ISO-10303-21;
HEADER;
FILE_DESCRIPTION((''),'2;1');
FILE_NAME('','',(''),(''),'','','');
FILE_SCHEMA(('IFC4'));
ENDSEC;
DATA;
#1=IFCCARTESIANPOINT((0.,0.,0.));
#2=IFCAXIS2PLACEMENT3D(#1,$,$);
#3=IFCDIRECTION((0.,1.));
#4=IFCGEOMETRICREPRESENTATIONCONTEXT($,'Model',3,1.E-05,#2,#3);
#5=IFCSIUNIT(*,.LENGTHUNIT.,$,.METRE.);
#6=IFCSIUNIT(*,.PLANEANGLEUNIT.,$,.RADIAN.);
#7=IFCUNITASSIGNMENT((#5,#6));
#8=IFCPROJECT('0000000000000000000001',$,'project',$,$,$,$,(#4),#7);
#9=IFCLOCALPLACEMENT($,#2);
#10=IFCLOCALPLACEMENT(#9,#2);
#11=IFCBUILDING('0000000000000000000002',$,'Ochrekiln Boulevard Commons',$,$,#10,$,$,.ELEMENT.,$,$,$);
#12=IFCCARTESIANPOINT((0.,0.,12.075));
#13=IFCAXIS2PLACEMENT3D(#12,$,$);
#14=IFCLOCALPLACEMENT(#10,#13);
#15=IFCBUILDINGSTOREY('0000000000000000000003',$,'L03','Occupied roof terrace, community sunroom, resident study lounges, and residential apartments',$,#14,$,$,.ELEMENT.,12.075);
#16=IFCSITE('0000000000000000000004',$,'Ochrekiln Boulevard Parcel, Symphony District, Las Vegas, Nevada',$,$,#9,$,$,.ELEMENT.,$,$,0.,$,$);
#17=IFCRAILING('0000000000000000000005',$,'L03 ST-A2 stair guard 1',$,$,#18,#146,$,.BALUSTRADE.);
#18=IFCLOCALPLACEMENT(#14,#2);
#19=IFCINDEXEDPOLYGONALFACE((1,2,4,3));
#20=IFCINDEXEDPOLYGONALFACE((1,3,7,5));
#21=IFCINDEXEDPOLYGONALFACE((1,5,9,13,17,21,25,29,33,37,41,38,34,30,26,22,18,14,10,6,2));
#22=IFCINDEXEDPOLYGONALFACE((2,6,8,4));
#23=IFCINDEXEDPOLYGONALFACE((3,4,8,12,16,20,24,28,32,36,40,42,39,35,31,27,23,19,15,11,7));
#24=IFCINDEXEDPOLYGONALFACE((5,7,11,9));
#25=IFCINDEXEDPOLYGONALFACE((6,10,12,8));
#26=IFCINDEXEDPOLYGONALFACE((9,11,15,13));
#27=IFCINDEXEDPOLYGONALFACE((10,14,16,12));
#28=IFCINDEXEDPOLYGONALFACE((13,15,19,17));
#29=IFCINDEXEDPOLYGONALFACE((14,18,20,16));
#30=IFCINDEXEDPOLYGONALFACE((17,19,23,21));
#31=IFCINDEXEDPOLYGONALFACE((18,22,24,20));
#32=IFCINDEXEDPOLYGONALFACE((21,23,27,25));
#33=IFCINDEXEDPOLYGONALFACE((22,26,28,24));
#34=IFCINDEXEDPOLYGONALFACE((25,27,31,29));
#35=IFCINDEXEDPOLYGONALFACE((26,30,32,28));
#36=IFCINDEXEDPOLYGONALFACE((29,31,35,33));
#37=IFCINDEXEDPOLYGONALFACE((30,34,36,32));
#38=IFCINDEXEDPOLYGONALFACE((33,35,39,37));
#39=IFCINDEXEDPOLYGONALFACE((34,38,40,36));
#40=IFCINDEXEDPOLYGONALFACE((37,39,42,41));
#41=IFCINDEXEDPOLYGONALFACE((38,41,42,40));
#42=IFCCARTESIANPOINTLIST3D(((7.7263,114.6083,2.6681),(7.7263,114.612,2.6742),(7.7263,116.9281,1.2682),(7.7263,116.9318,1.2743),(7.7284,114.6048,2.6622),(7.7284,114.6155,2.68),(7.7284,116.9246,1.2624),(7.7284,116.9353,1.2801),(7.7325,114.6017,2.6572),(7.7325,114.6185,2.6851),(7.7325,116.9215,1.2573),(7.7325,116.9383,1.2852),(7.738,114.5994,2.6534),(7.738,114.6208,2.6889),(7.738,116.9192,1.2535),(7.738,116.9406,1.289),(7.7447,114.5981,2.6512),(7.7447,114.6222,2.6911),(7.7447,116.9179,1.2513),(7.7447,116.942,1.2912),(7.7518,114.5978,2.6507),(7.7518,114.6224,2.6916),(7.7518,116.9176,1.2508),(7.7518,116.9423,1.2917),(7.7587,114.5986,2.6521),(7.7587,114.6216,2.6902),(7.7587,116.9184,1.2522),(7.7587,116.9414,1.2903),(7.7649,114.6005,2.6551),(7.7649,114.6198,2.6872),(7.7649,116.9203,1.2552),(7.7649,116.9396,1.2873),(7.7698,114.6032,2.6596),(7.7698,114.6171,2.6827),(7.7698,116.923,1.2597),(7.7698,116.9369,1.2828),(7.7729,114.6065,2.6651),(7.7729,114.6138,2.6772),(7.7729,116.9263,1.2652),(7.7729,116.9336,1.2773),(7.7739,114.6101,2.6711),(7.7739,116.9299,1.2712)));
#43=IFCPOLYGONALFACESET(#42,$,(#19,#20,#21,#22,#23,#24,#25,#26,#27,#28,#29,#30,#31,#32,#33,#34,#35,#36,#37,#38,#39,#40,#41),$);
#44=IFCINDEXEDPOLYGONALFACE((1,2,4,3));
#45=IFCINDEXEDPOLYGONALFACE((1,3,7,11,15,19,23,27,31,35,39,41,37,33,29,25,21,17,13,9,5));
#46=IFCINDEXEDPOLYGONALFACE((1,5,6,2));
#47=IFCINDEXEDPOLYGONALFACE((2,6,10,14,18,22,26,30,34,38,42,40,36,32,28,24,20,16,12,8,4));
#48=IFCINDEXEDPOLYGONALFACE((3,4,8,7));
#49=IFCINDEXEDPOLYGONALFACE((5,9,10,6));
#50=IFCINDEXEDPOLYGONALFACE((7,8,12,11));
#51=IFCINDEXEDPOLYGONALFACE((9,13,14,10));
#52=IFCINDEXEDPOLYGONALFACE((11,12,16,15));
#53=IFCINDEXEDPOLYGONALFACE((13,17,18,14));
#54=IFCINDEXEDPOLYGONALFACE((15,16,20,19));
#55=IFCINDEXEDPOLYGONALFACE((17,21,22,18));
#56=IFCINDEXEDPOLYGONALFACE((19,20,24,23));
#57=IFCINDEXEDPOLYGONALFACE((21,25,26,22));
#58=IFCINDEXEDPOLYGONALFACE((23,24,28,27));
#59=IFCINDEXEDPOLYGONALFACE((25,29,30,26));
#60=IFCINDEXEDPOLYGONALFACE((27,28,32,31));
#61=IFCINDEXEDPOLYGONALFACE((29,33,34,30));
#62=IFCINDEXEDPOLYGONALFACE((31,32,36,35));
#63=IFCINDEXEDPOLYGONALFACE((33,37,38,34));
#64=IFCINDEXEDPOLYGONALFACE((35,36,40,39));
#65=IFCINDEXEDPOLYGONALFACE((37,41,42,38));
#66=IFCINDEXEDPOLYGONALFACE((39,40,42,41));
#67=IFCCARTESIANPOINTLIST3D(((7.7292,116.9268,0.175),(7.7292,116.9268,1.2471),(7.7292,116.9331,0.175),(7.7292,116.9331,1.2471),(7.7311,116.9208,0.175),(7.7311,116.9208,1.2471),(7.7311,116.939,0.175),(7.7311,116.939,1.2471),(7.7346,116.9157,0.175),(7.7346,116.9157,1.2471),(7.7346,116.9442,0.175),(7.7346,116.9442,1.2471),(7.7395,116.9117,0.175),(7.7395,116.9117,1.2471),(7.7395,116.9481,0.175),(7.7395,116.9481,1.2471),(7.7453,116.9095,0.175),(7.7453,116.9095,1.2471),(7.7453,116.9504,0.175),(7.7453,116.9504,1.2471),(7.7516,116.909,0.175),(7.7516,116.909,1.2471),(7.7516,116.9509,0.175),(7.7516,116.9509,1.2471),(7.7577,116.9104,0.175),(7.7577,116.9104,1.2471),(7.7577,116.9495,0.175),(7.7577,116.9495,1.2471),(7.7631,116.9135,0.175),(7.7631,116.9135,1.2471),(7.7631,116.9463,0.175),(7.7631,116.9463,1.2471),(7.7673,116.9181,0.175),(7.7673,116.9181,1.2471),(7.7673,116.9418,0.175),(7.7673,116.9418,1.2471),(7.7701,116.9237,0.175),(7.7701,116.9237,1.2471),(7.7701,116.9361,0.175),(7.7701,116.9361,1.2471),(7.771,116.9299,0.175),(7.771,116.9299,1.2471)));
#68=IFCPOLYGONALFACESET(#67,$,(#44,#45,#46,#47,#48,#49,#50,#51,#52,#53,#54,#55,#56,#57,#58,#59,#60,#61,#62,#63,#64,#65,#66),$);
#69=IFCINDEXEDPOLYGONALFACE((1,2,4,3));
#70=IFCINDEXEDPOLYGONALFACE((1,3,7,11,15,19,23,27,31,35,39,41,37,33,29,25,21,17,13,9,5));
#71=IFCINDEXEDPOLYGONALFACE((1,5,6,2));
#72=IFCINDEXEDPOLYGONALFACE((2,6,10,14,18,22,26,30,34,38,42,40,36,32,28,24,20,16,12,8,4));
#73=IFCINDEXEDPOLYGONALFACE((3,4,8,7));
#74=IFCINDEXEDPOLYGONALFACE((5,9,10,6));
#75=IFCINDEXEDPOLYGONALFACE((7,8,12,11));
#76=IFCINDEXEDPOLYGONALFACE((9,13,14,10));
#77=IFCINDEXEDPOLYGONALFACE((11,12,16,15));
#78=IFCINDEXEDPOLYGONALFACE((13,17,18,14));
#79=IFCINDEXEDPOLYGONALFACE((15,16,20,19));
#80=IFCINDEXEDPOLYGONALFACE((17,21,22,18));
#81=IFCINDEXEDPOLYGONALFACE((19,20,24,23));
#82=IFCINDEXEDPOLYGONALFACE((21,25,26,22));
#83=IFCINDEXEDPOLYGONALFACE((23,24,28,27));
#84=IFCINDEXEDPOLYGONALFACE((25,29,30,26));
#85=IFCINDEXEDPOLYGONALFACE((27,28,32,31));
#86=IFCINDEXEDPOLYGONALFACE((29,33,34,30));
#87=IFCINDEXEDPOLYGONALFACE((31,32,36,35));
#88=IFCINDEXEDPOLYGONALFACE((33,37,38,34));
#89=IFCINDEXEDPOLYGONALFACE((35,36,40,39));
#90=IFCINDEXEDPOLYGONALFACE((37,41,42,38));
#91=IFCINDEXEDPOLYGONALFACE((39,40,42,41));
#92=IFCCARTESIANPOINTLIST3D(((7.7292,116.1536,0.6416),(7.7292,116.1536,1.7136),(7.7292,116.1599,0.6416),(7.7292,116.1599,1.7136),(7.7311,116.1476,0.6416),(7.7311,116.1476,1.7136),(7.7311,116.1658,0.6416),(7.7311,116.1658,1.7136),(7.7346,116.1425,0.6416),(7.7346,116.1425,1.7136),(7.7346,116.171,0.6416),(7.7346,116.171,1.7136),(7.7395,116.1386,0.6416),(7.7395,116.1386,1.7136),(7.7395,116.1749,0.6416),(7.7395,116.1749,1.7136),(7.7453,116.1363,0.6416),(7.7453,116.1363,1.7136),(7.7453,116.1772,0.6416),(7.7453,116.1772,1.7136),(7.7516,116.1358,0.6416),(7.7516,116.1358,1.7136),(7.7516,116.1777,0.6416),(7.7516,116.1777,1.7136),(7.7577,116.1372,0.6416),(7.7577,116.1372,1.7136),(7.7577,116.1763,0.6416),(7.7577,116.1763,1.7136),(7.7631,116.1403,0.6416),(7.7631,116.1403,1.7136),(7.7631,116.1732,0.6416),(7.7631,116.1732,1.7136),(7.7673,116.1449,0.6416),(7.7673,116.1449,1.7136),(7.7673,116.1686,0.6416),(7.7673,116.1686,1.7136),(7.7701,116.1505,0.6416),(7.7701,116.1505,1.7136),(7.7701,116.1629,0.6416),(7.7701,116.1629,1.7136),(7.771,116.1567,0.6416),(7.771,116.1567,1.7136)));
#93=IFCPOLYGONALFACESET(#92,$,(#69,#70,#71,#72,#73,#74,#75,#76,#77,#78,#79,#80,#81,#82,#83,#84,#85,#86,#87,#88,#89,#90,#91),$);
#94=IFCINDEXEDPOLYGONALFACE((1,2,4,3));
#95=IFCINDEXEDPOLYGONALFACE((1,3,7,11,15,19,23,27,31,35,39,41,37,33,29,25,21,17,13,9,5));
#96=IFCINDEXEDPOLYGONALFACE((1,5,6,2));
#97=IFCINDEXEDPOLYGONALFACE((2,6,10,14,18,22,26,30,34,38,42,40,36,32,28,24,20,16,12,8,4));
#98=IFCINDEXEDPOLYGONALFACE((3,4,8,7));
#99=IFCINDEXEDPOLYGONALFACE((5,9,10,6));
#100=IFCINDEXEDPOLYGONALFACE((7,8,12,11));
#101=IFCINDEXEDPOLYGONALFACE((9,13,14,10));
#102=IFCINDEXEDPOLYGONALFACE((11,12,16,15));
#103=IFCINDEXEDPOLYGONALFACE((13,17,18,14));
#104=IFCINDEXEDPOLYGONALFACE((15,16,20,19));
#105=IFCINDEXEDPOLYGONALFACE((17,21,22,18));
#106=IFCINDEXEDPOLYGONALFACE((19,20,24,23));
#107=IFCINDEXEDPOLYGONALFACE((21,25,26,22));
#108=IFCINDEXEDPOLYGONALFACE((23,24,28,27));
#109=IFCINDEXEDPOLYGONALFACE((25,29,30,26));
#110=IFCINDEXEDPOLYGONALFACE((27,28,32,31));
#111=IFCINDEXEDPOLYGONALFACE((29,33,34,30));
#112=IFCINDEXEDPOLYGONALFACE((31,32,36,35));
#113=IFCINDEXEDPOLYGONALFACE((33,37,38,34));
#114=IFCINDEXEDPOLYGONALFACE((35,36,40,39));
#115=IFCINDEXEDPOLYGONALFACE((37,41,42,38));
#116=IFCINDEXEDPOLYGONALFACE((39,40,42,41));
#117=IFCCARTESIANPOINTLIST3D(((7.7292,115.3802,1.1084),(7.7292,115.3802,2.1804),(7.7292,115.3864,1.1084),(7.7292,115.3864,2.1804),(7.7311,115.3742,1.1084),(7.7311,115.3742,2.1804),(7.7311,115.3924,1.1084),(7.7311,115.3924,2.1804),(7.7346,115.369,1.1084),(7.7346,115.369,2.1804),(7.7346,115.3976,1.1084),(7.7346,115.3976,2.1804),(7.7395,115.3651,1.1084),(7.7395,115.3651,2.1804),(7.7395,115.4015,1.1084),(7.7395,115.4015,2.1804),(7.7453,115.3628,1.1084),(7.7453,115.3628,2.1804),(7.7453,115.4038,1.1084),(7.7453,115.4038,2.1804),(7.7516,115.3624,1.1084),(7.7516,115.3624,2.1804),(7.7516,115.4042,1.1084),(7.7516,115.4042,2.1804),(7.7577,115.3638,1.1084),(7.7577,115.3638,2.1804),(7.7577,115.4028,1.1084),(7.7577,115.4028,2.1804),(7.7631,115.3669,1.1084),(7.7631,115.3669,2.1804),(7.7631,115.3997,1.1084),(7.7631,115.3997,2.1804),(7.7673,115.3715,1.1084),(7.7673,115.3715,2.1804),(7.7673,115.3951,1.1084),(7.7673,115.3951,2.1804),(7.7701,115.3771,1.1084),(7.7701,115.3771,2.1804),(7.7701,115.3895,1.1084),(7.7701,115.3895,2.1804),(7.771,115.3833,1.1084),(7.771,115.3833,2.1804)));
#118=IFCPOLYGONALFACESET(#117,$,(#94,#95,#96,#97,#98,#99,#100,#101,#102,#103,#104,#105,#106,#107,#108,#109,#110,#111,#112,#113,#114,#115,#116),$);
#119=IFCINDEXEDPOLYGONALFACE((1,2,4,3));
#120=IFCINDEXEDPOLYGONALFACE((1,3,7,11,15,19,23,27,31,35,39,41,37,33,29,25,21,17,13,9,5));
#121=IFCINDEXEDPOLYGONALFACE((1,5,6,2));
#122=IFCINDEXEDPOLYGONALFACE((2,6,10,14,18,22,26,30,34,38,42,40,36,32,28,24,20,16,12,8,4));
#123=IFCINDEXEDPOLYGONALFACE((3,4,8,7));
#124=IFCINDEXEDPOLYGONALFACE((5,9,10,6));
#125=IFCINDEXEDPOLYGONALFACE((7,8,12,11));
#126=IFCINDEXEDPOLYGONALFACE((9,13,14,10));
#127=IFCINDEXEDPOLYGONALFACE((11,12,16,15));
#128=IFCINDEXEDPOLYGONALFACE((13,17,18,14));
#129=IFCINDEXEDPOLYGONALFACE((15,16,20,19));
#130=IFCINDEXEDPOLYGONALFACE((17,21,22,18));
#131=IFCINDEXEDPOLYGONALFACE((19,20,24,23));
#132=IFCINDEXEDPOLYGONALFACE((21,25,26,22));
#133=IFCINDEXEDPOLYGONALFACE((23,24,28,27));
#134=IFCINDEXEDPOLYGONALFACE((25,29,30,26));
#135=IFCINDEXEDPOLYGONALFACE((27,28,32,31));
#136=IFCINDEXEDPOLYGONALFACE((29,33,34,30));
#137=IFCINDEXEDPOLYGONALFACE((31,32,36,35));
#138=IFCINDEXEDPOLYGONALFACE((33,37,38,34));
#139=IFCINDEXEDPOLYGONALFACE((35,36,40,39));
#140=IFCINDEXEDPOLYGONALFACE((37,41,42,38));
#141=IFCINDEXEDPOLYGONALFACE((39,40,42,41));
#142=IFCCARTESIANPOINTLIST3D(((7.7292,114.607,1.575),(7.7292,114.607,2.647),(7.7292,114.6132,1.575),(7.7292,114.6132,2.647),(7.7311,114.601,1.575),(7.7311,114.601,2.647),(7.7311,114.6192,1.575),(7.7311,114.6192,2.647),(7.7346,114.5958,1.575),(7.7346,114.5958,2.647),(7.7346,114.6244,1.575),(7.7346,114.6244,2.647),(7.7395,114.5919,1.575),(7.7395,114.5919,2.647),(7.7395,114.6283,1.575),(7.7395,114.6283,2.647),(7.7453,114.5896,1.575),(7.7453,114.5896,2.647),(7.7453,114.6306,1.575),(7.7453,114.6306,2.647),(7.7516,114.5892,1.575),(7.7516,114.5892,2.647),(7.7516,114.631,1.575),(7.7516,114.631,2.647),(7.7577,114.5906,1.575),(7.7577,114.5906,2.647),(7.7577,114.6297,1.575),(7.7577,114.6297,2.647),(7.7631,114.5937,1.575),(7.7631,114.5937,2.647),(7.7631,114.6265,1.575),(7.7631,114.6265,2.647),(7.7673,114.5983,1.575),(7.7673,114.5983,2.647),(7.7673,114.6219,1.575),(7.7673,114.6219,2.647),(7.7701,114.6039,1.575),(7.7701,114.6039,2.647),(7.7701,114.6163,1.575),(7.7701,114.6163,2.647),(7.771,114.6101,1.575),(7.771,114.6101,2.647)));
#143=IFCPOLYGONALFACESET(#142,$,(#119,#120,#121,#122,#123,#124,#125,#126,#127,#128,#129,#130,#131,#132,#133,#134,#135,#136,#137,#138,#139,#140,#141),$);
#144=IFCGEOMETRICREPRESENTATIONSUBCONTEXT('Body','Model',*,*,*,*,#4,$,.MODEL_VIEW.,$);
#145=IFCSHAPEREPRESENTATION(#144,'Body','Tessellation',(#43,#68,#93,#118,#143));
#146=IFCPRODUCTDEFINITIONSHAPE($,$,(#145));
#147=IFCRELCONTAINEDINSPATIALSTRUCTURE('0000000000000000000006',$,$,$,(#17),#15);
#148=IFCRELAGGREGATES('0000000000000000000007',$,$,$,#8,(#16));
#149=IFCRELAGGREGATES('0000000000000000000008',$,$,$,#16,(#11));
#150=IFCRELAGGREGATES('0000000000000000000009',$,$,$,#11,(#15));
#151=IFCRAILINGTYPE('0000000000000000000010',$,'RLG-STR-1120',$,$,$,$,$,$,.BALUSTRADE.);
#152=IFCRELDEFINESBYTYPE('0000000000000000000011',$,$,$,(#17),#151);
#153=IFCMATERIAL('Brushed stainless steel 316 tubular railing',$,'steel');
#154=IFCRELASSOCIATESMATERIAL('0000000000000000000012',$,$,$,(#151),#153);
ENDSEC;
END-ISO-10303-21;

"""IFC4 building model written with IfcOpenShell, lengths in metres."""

from ifc_helpers import new_model, si_unit, direction, frame, origin, origin_2d, place, context, subcontext, project, spatial, circle, extrude, material, type_object, element, save


model = new_model("IFC4")

# Units and contexts
model_context = context("Model", 3, precision=1e-05, world=origin(), true_north=direction((0.0, 1.0)))
body_context = subcontext(model_context, "Body", "Model", "MODEL_VIEW")
ifc_project = project(units=[si_unit("LENGTHUNIT", "METRE"), si_unit("PLANEANGLEUNIT", "RADIAN")], contexts=[model_context])

# Site, building, storey
site_placement = place(None, origin())
site = spatial("IfcSite", under=ifc_project, at=site_placement, Name="Ochrekiln Boulevard Parcel, Symphony District, Las Vegas, Nevada", CompositionType="ELEMENT", RefElevation=0.0)
building_placement = place(site_placement, origin())
building = spatial("IfcBuilding", under=site, at=building_placement, Name="Ochrekiln Boulevard Commons", CompositionType="ELEMENT")
storey_placement = place(building_placement, frame((0.0, 0.0, 12.075)))
storey = spatial("IfcBuildingStorey", under=building, at=storey_placement, Name="L03", Description="Occupied roof terrace, community sunroom, resident study lounges, and residential apartments", CompositionType="ELEMENT", Elevation=12.075)

# Railing
ifc_material_1 = material(Name="Brushed stainless steel 316 tubular railing", Category="steel")
railing_type_1 = type_object("IfcRailingType", Name="RLG-STR-1120", PredefinedType="BALUSTRADE", material=ifc_material_1)
railing_1_placement = place(storey_placement, frame((7.75, 116.9299, 0.175)))
element("IfcRailing", 1, at=railing_1_placement, inside=storey, type_object=railing_type_1, Name="L03 ST-A2 stair guard 1", PredefinedType="BALUSTRADE", context=body_context, shape_type="SweptSolid", body=[
    extrude(circle(Radius=0.0239, at=origin_2d()), frame((0.0, 0.0, 1.0962), z_axis=(0.0, -0.856186, 0.516667), x_axis=(1.0, 0.0, 0.0)), (0.0, 0.0, 1.0), 2.7095),
    extrude(circle(Radius=0.021, at=origin_2d()), origin(), (0.0, 0.0, 1.0), 1.072),
    extrude(circle(Radius=0.021, at=origin_2d()), frame((0.0, -0.7732, 0.4666)), (0.0, 0.0, 1.0), 1.072),
    extrude(circle(Radius=0.021, at=origin_2d()), frame((0.0, -1.5466, 0.9333)), (0.0, 0.0, 1.0), 1.072),
    extrude(circle(Radius=0.021, at=origin_2d()), frame((0.0, -2.3198, 1.3999)), (0.0, 0.0, 1.0), 1.072),
])

save(model, "model.ifc")
